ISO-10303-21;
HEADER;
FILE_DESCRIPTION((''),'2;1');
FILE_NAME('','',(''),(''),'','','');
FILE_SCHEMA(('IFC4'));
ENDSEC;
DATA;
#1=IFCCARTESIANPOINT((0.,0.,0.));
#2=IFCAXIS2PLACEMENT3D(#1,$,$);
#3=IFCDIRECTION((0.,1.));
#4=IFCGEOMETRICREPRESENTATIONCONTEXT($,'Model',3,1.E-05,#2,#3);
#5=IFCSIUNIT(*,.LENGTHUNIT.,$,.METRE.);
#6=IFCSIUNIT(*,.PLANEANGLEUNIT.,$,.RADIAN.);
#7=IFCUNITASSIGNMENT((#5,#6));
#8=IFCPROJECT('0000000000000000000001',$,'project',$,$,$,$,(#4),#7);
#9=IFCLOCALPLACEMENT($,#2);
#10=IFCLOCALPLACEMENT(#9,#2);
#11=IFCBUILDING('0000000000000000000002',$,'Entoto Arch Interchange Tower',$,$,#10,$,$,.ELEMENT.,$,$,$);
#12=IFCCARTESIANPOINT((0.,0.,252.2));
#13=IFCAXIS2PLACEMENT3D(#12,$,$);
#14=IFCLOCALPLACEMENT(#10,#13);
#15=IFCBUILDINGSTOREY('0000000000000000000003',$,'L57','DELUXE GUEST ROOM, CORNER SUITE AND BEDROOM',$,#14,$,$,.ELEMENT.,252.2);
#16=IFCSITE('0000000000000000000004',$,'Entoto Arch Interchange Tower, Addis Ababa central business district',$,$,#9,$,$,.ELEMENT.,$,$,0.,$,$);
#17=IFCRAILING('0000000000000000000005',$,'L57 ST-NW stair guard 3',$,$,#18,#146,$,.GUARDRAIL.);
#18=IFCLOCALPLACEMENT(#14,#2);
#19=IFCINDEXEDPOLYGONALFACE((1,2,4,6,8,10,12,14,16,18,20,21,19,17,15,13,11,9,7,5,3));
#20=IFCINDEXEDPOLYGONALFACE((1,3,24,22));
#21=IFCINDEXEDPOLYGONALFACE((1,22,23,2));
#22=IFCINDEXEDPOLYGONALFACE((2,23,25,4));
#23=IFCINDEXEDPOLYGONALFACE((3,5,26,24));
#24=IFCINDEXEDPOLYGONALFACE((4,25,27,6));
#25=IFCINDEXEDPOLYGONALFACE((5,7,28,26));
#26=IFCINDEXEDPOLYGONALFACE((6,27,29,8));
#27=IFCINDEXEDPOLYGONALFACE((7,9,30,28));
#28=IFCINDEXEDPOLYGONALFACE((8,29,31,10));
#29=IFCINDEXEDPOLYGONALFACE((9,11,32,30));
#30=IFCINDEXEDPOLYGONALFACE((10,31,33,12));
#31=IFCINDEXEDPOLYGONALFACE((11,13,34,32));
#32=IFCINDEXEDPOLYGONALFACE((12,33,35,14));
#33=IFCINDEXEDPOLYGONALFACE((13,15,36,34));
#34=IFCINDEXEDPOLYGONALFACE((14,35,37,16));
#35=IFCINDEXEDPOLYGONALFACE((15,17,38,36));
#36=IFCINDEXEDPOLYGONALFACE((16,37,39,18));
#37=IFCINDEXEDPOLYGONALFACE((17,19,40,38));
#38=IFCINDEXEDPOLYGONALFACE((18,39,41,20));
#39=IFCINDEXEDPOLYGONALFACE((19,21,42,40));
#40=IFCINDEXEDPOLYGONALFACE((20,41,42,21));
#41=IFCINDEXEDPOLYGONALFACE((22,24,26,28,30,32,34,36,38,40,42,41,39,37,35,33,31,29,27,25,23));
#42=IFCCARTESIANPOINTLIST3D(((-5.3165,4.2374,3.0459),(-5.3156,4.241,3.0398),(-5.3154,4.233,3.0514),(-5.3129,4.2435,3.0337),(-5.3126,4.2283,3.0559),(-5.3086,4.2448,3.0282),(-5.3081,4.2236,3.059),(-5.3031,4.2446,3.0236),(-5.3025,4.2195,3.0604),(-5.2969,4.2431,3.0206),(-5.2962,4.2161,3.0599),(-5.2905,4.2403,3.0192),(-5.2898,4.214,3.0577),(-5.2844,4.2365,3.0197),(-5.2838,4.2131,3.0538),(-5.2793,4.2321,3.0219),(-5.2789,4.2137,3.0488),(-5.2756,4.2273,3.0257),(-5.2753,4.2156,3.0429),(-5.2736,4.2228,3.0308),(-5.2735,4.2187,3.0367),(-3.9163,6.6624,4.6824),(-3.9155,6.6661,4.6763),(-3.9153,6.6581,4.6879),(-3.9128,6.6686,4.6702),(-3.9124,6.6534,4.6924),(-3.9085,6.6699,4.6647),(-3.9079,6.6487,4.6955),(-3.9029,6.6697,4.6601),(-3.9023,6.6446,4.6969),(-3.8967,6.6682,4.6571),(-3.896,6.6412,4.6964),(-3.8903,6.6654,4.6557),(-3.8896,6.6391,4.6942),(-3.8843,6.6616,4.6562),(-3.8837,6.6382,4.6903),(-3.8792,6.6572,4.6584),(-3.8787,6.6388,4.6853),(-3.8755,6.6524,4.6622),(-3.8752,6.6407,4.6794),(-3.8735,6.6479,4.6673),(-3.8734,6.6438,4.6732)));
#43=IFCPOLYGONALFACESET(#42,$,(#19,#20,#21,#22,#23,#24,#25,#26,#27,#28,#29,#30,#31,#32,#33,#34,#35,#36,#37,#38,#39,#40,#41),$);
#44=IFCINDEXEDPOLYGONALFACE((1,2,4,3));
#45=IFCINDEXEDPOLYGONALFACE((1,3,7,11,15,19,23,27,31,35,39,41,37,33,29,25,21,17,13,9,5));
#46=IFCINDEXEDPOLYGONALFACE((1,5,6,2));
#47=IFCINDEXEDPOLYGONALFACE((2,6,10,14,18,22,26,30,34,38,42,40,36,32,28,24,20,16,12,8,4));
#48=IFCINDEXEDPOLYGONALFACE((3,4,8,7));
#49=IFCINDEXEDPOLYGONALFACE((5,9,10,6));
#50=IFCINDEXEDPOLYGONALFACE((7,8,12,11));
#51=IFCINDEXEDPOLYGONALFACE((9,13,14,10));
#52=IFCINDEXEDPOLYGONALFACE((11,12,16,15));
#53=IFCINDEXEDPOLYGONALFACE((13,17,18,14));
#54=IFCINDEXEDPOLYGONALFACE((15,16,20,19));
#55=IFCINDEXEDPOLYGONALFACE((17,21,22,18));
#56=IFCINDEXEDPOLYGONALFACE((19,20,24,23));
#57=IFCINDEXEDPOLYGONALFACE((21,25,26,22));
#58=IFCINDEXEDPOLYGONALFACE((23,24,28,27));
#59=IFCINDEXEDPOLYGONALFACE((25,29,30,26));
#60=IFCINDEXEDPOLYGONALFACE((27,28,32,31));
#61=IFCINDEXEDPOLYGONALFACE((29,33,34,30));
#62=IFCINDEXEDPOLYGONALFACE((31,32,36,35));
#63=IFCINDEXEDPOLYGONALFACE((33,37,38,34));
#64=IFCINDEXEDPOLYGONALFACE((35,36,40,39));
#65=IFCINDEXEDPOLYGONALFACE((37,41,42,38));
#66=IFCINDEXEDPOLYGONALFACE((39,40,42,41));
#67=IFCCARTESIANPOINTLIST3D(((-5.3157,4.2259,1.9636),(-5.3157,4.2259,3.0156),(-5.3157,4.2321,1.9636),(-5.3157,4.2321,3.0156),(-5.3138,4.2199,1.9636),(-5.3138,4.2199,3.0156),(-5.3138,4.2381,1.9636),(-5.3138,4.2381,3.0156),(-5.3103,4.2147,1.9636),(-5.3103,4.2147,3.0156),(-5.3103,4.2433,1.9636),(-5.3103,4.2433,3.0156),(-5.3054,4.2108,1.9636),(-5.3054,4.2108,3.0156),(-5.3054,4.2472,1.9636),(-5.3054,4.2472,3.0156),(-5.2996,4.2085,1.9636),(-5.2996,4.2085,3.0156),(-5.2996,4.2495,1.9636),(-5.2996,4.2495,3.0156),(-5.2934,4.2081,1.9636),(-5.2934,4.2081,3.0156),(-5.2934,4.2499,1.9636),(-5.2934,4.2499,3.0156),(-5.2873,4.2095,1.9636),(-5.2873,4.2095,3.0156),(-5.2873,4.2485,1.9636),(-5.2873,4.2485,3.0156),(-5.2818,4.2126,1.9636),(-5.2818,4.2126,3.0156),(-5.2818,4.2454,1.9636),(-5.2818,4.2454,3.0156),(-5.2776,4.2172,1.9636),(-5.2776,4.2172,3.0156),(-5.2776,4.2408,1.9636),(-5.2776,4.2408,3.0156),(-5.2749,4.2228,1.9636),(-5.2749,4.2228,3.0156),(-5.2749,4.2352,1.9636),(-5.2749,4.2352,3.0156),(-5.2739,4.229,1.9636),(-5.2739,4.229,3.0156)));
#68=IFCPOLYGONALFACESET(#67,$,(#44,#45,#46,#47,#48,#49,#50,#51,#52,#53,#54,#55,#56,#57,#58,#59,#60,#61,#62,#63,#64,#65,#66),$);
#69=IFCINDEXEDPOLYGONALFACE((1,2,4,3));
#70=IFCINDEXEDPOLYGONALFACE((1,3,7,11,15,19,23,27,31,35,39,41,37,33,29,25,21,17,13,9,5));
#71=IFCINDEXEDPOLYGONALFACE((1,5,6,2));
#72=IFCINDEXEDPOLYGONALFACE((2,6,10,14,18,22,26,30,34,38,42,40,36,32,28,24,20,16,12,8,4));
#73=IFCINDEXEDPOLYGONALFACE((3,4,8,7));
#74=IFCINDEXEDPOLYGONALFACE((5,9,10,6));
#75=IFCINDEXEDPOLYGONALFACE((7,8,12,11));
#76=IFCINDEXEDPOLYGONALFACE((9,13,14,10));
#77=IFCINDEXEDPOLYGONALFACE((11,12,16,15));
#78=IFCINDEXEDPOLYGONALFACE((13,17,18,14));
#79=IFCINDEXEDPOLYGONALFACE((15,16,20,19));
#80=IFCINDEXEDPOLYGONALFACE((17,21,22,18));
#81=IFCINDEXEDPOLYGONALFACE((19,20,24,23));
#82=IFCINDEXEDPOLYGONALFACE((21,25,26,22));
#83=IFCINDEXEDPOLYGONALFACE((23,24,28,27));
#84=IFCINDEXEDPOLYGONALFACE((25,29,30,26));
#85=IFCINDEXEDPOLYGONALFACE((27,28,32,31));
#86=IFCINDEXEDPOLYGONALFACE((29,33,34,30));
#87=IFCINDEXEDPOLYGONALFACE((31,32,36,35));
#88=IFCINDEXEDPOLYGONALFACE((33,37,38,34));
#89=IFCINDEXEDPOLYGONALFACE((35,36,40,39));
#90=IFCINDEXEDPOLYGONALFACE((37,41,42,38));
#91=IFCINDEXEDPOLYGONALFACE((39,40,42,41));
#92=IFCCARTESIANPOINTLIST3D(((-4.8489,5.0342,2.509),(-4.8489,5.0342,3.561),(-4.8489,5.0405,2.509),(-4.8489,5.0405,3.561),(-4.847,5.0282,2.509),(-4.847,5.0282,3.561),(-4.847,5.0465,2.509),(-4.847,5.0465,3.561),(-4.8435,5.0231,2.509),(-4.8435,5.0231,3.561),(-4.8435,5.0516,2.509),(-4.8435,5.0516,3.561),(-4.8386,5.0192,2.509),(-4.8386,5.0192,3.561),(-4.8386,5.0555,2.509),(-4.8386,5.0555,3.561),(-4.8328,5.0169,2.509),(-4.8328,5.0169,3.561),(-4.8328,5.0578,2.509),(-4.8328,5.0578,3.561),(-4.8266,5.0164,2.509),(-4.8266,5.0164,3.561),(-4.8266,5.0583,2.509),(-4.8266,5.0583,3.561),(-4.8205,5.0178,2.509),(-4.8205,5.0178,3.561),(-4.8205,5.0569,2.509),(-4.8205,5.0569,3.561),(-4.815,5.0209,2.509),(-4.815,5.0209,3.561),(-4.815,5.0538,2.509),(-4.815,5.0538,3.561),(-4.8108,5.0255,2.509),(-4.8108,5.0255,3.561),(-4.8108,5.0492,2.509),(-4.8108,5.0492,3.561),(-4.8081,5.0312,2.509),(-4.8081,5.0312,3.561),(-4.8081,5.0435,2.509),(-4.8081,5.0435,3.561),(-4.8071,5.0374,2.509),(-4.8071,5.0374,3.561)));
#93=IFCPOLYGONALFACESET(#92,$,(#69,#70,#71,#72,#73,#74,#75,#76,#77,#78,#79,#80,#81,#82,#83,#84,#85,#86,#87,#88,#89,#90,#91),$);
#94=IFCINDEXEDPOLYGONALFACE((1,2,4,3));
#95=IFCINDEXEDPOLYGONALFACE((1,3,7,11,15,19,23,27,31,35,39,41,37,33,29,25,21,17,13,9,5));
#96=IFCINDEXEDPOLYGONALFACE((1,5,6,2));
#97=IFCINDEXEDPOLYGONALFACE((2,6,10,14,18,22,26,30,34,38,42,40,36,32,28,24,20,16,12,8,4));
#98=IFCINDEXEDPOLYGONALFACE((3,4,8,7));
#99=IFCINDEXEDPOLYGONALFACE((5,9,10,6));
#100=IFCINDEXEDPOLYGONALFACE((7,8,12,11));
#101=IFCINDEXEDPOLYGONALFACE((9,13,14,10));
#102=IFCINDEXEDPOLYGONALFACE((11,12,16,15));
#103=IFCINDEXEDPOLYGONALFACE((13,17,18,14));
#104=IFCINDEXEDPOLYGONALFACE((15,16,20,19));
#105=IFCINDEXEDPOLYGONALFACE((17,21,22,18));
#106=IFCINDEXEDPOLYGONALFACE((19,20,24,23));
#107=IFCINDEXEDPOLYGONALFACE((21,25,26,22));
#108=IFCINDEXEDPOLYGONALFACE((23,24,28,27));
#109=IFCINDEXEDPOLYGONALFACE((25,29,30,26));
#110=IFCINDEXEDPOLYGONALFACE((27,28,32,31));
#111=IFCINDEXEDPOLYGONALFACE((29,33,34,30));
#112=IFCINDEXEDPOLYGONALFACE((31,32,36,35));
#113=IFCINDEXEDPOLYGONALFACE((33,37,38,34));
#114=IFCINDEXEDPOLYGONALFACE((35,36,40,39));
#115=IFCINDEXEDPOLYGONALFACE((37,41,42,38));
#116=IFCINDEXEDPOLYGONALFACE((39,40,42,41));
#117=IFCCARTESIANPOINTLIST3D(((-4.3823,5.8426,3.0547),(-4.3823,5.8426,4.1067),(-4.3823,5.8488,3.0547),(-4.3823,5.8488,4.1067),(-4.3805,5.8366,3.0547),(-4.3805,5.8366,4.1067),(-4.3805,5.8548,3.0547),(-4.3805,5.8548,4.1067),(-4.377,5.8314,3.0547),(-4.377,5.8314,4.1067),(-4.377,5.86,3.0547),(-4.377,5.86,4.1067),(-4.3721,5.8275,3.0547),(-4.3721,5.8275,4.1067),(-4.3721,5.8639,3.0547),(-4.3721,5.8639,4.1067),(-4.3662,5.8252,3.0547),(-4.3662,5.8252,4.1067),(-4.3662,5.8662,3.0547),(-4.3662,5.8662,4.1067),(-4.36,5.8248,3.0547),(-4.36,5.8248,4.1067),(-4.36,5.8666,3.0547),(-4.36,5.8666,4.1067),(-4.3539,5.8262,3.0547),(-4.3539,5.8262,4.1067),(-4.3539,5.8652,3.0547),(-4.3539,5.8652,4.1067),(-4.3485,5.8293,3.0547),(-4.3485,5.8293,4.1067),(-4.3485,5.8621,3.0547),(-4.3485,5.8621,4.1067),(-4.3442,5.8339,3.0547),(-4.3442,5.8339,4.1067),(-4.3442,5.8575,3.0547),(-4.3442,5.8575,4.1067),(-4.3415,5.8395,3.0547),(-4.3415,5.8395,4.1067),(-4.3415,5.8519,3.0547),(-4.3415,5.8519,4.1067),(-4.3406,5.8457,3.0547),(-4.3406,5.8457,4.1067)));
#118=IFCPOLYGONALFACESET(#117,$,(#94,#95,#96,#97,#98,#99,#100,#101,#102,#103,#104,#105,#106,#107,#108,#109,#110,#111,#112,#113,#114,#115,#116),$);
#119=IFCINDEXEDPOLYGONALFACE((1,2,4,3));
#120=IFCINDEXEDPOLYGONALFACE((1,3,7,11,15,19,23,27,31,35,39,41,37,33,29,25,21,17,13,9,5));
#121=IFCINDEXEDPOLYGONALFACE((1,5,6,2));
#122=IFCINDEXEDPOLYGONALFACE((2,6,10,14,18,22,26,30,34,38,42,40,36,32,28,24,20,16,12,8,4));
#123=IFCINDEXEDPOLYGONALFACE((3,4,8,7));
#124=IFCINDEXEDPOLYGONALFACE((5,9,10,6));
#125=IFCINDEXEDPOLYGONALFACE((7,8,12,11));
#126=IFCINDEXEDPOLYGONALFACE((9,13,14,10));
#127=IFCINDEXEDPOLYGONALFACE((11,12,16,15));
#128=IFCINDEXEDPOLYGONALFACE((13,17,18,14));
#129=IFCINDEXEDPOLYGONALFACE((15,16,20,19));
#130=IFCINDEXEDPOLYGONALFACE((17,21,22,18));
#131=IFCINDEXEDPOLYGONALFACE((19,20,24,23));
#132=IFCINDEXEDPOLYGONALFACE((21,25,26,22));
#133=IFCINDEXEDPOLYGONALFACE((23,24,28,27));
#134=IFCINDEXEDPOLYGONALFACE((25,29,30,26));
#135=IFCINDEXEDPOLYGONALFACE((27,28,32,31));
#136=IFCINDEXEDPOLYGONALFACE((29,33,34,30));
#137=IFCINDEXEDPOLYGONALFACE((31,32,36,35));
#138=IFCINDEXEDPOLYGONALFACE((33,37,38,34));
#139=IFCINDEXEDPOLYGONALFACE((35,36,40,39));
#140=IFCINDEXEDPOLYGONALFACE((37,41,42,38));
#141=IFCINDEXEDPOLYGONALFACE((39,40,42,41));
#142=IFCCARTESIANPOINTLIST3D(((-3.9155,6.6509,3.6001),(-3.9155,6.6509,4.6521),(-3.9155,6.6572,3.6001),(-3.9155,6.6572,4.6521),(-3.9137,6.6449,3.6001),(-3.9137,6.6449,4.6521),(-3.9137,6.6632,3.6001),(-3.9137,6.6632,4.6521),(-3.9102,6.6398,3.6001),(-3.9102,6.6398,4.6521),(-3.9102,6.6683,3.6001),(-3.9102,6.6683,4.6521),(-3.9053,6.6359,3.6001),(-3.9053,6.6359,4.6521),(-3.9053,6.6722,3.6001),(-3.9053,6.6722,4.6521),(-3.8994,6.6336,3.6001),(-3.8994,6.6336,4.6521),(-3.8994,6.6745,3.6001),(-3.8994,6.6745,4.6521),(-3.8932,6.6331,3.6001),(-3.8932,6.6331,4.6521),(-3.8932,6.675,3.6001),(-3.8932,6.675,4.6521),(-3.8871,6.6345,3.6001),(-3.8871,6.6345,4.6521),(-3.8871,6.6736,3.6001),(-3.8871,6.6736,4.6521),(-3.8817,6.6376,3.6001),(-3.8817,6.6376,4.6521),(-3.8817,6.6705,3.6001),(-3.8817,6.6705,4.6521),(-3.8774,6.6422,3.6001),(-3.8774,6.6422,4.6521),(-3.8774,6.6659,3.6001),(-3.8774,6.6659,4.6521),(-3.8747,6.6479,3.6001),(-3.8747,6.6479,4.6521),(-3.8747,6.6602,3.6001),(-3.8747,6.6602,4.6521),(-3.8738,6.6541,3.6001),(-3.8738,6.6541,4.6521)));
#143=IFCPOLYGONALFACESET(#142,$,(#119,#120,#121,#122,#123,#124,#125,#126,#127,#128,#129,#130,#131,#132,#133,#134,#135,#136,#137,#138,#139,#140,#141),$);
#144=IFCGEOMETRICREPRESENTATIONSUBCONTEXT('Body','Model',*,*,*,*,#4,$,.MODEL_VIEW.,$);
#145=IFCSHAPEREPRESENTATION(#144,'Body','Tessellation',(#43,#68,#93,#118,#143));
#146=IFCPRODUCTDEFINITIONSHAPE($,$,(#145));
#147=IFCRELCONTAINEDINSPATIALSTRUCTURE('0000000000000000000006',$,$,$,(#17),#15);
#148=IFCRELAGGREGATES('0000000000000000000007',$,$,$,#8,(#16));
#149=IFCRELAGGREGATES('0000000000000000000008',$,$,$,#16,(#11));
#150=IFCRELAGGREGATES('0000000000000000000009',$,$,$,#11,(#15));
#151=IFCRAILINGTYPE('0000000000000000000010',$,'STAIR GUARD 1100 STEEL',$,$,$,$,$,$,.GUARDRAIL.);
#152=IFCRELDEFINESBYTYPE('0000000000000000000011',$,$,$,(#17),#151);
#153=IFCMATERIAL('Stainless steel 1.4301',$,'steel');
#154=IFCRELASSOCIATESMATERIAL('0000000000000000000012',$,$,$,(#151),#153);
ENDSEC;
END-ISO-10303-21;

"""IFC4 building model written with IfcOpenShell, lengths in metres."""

from ifc_helpers import new_model, si_unit, direction, frame, origin, origin_2d, place, context, subcontext, project, spatial, circle, extrude, material, type_object, element, save


model = new_model("IFC4")

# Units and contexts
model_context = context("Model", 3, precision=1e-05, world=origin(), true_north=direction((0.0, 1.0)))
body_context = subcontext(model_context, "Body", "Model", "MODEL_VIEW")
ifc_project = project(units=[si_unit("LENGTHUNIT", "METRE"), si_unit("PLANEANGLEUNIT", "RADIAN")], contexts=[model_context])

# Site, building, storey
site_placement = place(None, origin())
site = spatial("IfcSite", under=ifc_project, at=site_placement, Name="Entoto Arch Interchange Tower, Addis Ababa central business district", CompositionType="ELEMENT", RefElevation=0.0)
building_placement = place(site_placement, origin())
building = spatial("IfcBuilding", under=site, at=building_placement, Name="Entoto Arch Interchange Tower", CompositionType="ELEMENT")
storey_placement = place(building_placement, frame((0.0, 0.0, 252.2)))
storey = spatial("IfcBuildingStorey", under=building, at=storey_placement, Name="L57", Description="DELUXE GUEST ROOM, CORNER SUITE AND BEDROOM", CompositionType="ELEMENT", Elevation=252.2)

# Railing
ifc_material_1 = material(Name="Stainless steel 1.4301", Category="steel")
railing_type = type_object("IfcRailingType", Name="STAIR GUARD 1100 STEEL", PredefinedType="GUARDRAIL", material=ifc_material_1)
railing_1_placement = place(storey_placement, frame((-5.2949, 4.229, 1.9636)))
element("IfcRailing", 1, at=railing_1_placement, inside=storey, type_object=railing_type, Name="L57 ST-NW stair guard 3", PredefinedType="GUARDRAIL", context=body_context, shape_type="SweptSolid", body=[
    extrude(circle(Radius=0.0239, at=origin_2d()), frame((0.0, 0.0, 1.0762), z_axis=(0.431698, 0.747699, 0.504563), x_axis=(-0.866019, 0.500012, 0.0)), (0.0, 0.0, 1.0), 3.2434),
    extrude(circle(Radius=0.021, at=origin_2d()), origin(), (0.0, 0.0, 1.0), 1.052),
    extrude(circle(Radius=0.021, at=origin_2d()), frame((0.4668, 0.8083, 0.5454)), (0.0, 0.0, 1.0), 1.052),
    extrude(circle(Radius=0.021, at=origin_2d()), frame((0.9333, 1.6167, 1.0911)), (0.0, 0.0, 1.0), 1.052),
    extrude(circle(Radius=0.021, at=origin_2d()), frame((1.4001, 2.425, 1.6365)), (0.0, 0.0, 1.0), 1.052),
])

save(model, "model.ifc")
